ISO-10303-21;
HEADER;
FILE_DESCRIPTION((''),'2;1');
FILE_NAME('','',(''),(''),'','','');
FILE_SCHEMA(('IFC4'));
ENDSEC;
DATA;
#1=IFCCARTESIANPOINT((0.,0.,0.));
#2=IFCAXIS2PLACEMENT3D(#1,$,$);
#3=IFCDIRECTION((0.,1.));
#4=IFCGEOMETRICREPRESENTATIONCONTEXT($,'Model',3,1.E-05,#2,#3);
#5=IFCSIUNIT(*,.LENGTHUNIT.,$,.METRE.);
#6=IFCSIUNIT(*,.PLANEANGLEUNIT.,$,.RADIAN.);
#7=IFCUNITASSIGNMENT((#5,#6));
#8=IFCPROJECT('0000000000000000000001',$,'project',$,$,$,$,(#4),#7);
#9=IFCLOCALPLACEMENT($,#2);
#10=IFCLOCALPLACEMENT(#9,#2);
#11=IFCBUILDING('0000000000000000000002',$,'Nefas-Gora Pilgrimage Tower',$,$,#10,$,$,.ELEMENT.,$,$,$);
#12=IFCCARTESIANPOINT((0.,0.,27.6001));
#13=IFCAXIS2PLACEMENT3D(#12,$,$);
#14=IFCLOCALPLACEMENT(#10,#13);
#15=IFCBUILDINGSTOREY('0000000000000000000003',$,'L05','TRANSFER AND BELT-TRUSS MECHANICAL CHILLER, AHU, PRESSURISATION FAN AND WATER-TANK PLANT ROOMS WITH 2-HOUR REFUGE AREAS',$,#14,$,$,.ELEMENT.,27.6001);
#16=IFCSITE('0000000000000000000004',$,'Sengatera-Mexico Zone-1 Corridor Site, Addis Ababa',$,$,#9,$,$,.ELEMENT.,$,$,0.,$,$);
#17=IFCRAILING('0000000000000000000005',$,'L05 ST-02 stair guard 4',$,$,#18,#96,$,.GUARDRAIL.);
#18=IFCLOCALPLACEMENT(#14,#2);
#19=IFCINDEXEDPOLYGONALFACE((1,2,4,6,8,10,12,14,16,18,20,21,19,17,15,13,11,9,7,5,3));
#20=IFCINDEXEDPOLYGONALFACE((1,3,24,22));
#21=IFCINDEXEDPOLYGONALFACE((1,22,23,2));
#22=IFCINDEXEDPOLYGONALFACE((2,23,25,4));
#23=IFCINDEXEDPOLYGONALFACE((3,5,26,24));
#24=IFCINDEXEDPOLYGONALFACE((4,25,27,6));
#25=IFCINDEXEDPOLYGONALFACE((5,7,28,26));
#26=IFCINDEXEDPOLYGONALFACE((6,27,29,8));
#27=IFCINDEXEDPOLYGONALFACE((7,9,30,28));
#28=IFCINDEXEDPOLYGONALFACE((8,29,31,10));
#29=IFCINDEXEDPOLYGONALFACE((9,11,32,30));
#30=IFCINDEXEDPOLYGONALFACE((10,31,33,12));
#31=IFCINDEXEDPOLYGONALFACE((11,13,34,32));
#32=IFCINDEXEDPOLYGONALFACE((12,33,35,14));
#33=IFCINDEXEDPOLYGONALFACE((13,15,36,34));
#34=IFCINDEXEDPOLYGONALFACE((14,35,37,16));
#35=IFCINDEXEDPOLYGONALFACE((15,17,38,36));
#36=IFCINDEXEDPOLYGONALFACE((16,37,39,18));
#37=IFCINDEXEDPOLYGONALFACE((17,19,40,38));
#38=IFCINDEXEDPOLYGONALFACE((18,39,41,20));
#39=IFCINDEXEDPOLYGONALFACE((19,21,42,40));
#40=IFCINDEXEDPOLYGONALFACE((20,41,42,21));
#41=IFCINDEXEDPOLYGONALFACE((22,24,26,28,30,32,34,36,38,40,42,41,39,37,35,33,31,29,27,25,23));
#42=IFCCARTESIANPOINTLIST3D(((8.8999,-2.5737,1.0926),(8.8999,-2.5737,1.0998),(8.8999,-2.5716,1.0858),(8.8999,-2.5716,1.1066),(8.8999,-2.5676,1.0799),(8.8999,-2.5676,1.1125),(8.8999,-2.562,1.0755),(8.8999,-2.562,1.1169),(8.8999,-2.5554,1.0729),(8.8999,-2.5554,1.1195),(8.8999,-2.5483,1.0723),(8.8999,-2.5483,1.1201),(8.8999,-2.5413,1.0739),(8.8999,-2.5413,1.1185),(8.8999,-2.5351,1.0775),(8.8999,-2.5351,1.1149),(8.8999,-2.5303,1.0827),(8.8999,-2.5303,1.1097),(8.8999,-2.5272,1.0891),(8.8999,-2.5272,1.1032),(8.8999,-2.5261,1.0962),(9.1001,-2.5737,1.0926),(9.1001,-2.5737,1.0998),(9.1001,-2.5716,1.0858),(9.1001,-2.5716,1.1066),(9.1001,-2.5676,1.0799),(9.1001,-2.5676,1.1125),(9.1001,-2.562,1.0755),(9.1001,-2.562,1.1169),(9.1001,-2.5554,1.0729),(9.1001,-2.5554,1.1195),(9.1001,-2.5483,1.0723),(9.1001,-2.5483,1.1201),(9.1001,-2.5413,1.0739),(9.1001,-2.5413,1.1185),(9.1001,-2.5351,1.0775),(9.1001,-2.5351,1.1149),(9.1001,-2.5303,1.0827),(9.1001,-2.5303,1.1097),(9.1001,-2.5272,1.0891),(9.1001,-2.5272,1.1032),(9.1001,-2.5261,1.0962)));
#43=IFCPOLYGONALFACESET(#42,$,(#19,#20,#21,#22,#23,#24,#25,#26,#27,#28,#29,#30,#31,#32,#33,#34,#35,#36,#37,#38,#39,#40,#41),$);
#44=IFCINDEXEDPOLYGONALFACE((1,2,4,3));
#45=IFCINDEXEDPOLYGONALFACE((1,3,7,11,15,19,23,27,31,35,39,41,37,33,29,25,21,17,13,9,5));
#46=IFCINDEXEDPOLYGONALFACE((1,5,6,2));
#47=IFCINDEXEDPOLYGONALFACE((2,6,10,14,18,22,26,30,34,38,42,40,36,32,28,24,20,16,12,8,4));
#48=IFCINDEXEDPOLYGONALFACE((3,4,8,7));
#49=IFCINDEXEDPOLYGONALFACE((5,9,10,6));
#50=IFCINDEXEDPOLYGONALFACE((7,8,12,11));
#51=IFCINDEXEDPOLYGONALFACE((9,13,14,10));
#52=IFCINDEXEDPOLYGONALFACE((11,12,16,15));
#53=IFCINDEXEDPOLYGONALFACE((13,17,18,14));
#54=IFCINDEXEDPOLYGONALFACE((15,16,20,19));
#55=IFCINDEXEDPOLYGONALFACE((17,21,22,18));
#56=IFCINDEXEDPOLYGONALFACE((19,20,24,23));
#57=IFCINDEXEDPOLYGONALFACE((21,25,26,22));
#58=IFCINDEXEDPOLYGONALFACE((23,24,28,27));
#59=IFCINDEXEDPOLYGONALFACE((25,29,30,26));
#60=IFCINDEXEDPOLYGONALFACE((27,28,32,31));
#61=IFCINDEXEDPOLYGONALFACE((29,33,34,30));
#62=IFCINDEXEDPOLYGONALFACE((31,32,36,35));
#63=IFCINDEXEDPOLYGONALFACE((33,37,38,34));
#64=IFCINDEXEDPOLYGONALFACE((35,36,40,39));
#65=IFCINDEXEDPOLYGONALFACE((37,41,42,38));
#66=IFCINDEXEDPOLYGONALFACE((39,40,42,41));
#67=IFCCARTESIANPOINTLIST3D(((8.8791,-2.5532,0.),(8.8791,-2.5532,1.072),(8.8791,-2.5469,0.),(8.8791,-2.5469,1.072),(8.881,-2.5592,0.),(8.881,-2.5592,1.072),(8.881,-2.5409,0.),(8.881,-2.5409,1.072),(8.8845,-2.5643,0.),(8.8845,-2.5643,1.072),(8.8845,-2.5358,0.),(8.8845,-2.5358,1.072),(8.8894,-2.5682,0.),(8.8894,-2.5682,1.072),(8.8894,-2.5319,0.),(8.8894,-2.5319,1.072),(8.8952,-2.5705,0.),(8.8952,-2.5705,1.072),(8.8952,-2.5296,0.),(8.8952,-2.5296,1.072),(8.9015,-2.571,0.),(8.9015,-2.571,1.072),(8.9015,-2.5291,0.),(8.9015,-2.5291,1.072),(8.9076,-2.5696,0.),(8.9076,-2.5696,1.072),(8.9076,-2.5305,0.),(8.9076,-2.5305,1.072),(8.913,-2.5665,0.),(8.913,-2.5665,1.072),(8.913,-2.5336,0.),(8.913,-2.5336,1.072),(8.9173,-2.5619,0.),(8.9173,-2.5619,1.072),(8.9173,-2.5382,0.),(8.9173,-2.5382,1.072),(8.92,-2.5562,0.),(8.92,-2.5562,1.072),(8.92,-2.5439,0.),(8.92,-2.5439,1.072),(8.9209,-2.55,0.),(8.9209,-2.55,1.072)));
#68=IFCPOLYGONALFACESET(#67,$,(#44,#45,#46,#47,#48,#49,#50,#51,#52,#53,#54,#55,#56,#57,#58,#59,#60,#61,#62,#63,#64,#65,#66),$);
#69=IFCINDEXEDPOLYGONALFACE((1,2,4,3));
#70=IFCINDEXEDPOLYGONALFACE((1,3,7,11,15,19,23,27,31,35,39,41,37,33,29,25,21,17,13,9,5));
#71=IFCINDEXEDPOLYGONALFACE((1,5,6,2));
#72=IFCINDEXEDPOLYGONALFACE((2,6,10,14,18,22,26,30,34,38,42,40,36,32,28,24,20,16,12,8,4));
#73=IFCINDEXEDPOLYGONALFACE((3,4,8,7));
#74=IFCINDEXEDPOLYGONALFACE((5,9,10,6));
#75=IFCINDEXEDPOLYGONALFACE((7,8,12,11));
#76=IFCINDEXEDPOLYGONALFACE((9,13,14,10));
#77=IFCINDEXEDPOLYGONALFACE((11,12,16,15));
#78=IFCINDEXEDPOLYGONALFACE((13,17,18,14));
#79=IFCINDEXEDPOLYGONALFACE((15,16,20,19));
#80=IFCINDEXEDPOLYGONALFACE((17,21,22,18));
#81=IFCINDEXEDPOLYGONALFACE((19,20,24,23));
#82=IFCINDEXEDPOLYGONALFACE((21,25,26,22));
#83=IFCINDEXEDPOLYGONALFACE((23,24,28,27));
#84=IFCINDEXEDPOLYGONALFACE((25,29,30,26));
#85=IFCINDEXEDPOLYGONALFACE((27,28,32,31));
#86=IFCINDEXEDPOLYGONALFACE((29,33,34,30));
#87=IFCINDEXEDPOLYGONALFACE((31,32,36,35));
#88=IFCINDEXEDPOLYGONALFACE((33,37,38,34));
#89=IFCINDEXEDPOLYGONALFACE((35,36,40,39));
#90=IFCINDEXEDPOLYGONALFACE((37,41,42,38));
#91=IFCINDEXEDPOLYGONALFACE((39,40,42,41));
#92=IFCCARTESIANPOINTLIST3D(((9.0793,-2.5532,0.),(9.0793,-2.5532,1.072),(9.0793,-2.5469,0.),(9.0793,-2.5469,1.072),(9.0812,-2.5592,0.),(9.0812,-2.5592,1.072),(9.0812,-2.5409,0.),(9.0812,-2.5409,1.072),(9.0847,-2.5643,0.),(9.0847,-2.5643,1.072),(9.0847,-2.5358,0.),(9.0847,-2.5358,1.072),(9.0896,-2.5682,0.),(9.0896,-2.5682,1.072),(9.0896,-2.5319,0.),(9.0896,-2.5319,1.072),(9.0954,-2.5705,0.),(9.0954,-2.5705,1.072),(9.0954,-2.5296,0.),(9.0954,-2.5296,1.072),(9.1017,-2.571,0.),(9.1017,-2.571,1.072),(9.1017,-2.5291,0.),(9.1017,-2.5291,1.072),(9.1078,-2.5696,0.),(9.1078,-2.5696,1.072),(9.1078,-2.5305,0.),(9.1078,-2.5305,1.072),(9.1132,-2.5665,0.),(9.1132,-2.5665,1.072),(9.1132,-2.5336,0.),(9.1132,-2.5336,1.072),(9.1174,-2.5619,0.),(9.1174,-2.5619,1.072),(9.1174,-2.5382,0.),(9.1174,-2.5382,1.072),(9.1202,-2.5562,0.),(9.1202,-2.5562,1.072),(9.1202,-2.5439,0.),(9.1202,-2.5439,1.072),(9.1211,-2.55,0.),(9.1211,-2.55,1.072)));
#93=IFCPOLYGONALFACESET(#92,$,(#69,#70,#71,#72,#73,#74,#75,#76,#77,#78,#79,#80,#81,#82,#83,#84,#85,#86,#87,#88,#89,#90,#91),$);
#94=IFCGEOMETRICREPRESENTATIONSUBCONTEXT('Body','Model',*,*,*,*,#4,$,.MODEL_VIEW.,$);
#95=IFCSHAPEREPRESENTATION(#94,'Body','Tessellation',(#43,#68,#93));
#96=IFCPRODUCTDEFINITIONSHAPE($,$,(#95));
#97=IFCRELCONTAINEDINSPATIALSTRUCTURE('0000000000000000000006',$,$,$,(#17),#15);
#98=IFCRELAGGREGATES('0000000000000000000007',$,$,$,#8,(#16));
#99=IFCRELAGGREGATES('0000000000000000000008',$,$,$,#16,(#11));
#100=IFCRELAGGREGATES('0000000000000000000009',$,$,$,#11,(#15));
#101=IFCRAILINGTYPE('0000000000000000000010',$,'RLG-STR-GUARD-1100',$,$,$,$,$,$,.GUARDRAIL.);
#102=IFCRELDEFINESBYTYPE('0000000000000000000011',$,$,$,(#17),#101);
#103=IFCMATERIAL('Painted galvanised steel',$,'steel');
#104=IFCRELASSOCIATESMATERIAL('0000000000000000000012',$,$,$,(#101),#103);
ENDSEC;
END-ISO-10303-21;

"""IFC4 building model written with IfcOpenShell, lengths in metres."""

from ifc_helpers import new_model, si_unit, direction, frame, origin, origin_2d, place, context, subcontext, project, spatial, circle, extrude, material, type_object, element, save


model = new_model("IFC4")

# Units and contexts
model_context = context("Model", 3, precision=1e-05, world=origin(), true_north=direction((0.0, 1.0)))
body_context = subcontext(model_context, "Body", "Model", "MODEL_VIEW")
ifc_project = project(units=[si_unit("LENGTHUNIT", "METRE"), si_unit("PLANEANGLEUNIT", "RADIAN")], contexts=[model_context])

# Site, building, storey
site_placement = place(None, origin())
site = spatial("IfcSite", under=ifc_project, at=site_placement, Name="Sengatera-Mexico Zone-1 Corridor Site, Addis Ababa", CompositionType="ELEMENT", RefElevation=0.0)
building_placement = place(site_placement, origin())
building = spatial("IfcBuilding", under=site, at=building_placement, Name="Nefas-Gora Pilgrimage Tower", CompositionType="ELEMENT")
storey_placement = place(building_placement, frame((0.0, 0.0, 27.6001)))
storey = spatial("IfcBuildingStorey", under=building, at=storey_placement, Name="L05", Description="TRANSFER AND BELT-TRUSS MECHANICAL CHILLER, AHU, PRESSURISATION FAN AND WATER-TANK PLANT ROOMS WITH 2-HOUR REFUGE AREAS", CompositionType="ELEMENT", Elevation=27.6001)

# Railing
ifc_material_1 = material(Name="Painted galvanised steel", Category="steel")
railing_type_1 = type_object("IfcRailingType", Name="RLG-STR-GUARD-1100", PredefinedType="GUARDRAIL", material=ifc_material_1)
railing_1_placement = place(storey_placement, frame((8.8999, -2.55, 0.0)))
element("IfcRailing", 1, at=railing_1_placement, inside=storey, type_object=railing_type_1, Name="L05 ST-02 stair guard 4", PredefinedType="GUARDRAIL", context=body_context, shape_type="SweptSolid", body=[
    extrude(circle(Radius=0.0239, at=origin_2d()), frame((0.0, 0.0, 1.0962), z_axis=(1.0, 0.0, 0.0), x_axis=(0.0, 1.0, 0.0)), (0.0, 0.0, 1.0), 0.2002),
    extrude(circle(Radius=0.021, at=origin_2d()), origin(), (0.0, 0.0, 1.0), 1.072),
    extrude(circle(Radius=0.021, at=origin_2d()), frame((0.2002, 0.0, 0.0)), (0.0, 0.0, 1.0), 1.072),
])

save(model, "model.ifc")
